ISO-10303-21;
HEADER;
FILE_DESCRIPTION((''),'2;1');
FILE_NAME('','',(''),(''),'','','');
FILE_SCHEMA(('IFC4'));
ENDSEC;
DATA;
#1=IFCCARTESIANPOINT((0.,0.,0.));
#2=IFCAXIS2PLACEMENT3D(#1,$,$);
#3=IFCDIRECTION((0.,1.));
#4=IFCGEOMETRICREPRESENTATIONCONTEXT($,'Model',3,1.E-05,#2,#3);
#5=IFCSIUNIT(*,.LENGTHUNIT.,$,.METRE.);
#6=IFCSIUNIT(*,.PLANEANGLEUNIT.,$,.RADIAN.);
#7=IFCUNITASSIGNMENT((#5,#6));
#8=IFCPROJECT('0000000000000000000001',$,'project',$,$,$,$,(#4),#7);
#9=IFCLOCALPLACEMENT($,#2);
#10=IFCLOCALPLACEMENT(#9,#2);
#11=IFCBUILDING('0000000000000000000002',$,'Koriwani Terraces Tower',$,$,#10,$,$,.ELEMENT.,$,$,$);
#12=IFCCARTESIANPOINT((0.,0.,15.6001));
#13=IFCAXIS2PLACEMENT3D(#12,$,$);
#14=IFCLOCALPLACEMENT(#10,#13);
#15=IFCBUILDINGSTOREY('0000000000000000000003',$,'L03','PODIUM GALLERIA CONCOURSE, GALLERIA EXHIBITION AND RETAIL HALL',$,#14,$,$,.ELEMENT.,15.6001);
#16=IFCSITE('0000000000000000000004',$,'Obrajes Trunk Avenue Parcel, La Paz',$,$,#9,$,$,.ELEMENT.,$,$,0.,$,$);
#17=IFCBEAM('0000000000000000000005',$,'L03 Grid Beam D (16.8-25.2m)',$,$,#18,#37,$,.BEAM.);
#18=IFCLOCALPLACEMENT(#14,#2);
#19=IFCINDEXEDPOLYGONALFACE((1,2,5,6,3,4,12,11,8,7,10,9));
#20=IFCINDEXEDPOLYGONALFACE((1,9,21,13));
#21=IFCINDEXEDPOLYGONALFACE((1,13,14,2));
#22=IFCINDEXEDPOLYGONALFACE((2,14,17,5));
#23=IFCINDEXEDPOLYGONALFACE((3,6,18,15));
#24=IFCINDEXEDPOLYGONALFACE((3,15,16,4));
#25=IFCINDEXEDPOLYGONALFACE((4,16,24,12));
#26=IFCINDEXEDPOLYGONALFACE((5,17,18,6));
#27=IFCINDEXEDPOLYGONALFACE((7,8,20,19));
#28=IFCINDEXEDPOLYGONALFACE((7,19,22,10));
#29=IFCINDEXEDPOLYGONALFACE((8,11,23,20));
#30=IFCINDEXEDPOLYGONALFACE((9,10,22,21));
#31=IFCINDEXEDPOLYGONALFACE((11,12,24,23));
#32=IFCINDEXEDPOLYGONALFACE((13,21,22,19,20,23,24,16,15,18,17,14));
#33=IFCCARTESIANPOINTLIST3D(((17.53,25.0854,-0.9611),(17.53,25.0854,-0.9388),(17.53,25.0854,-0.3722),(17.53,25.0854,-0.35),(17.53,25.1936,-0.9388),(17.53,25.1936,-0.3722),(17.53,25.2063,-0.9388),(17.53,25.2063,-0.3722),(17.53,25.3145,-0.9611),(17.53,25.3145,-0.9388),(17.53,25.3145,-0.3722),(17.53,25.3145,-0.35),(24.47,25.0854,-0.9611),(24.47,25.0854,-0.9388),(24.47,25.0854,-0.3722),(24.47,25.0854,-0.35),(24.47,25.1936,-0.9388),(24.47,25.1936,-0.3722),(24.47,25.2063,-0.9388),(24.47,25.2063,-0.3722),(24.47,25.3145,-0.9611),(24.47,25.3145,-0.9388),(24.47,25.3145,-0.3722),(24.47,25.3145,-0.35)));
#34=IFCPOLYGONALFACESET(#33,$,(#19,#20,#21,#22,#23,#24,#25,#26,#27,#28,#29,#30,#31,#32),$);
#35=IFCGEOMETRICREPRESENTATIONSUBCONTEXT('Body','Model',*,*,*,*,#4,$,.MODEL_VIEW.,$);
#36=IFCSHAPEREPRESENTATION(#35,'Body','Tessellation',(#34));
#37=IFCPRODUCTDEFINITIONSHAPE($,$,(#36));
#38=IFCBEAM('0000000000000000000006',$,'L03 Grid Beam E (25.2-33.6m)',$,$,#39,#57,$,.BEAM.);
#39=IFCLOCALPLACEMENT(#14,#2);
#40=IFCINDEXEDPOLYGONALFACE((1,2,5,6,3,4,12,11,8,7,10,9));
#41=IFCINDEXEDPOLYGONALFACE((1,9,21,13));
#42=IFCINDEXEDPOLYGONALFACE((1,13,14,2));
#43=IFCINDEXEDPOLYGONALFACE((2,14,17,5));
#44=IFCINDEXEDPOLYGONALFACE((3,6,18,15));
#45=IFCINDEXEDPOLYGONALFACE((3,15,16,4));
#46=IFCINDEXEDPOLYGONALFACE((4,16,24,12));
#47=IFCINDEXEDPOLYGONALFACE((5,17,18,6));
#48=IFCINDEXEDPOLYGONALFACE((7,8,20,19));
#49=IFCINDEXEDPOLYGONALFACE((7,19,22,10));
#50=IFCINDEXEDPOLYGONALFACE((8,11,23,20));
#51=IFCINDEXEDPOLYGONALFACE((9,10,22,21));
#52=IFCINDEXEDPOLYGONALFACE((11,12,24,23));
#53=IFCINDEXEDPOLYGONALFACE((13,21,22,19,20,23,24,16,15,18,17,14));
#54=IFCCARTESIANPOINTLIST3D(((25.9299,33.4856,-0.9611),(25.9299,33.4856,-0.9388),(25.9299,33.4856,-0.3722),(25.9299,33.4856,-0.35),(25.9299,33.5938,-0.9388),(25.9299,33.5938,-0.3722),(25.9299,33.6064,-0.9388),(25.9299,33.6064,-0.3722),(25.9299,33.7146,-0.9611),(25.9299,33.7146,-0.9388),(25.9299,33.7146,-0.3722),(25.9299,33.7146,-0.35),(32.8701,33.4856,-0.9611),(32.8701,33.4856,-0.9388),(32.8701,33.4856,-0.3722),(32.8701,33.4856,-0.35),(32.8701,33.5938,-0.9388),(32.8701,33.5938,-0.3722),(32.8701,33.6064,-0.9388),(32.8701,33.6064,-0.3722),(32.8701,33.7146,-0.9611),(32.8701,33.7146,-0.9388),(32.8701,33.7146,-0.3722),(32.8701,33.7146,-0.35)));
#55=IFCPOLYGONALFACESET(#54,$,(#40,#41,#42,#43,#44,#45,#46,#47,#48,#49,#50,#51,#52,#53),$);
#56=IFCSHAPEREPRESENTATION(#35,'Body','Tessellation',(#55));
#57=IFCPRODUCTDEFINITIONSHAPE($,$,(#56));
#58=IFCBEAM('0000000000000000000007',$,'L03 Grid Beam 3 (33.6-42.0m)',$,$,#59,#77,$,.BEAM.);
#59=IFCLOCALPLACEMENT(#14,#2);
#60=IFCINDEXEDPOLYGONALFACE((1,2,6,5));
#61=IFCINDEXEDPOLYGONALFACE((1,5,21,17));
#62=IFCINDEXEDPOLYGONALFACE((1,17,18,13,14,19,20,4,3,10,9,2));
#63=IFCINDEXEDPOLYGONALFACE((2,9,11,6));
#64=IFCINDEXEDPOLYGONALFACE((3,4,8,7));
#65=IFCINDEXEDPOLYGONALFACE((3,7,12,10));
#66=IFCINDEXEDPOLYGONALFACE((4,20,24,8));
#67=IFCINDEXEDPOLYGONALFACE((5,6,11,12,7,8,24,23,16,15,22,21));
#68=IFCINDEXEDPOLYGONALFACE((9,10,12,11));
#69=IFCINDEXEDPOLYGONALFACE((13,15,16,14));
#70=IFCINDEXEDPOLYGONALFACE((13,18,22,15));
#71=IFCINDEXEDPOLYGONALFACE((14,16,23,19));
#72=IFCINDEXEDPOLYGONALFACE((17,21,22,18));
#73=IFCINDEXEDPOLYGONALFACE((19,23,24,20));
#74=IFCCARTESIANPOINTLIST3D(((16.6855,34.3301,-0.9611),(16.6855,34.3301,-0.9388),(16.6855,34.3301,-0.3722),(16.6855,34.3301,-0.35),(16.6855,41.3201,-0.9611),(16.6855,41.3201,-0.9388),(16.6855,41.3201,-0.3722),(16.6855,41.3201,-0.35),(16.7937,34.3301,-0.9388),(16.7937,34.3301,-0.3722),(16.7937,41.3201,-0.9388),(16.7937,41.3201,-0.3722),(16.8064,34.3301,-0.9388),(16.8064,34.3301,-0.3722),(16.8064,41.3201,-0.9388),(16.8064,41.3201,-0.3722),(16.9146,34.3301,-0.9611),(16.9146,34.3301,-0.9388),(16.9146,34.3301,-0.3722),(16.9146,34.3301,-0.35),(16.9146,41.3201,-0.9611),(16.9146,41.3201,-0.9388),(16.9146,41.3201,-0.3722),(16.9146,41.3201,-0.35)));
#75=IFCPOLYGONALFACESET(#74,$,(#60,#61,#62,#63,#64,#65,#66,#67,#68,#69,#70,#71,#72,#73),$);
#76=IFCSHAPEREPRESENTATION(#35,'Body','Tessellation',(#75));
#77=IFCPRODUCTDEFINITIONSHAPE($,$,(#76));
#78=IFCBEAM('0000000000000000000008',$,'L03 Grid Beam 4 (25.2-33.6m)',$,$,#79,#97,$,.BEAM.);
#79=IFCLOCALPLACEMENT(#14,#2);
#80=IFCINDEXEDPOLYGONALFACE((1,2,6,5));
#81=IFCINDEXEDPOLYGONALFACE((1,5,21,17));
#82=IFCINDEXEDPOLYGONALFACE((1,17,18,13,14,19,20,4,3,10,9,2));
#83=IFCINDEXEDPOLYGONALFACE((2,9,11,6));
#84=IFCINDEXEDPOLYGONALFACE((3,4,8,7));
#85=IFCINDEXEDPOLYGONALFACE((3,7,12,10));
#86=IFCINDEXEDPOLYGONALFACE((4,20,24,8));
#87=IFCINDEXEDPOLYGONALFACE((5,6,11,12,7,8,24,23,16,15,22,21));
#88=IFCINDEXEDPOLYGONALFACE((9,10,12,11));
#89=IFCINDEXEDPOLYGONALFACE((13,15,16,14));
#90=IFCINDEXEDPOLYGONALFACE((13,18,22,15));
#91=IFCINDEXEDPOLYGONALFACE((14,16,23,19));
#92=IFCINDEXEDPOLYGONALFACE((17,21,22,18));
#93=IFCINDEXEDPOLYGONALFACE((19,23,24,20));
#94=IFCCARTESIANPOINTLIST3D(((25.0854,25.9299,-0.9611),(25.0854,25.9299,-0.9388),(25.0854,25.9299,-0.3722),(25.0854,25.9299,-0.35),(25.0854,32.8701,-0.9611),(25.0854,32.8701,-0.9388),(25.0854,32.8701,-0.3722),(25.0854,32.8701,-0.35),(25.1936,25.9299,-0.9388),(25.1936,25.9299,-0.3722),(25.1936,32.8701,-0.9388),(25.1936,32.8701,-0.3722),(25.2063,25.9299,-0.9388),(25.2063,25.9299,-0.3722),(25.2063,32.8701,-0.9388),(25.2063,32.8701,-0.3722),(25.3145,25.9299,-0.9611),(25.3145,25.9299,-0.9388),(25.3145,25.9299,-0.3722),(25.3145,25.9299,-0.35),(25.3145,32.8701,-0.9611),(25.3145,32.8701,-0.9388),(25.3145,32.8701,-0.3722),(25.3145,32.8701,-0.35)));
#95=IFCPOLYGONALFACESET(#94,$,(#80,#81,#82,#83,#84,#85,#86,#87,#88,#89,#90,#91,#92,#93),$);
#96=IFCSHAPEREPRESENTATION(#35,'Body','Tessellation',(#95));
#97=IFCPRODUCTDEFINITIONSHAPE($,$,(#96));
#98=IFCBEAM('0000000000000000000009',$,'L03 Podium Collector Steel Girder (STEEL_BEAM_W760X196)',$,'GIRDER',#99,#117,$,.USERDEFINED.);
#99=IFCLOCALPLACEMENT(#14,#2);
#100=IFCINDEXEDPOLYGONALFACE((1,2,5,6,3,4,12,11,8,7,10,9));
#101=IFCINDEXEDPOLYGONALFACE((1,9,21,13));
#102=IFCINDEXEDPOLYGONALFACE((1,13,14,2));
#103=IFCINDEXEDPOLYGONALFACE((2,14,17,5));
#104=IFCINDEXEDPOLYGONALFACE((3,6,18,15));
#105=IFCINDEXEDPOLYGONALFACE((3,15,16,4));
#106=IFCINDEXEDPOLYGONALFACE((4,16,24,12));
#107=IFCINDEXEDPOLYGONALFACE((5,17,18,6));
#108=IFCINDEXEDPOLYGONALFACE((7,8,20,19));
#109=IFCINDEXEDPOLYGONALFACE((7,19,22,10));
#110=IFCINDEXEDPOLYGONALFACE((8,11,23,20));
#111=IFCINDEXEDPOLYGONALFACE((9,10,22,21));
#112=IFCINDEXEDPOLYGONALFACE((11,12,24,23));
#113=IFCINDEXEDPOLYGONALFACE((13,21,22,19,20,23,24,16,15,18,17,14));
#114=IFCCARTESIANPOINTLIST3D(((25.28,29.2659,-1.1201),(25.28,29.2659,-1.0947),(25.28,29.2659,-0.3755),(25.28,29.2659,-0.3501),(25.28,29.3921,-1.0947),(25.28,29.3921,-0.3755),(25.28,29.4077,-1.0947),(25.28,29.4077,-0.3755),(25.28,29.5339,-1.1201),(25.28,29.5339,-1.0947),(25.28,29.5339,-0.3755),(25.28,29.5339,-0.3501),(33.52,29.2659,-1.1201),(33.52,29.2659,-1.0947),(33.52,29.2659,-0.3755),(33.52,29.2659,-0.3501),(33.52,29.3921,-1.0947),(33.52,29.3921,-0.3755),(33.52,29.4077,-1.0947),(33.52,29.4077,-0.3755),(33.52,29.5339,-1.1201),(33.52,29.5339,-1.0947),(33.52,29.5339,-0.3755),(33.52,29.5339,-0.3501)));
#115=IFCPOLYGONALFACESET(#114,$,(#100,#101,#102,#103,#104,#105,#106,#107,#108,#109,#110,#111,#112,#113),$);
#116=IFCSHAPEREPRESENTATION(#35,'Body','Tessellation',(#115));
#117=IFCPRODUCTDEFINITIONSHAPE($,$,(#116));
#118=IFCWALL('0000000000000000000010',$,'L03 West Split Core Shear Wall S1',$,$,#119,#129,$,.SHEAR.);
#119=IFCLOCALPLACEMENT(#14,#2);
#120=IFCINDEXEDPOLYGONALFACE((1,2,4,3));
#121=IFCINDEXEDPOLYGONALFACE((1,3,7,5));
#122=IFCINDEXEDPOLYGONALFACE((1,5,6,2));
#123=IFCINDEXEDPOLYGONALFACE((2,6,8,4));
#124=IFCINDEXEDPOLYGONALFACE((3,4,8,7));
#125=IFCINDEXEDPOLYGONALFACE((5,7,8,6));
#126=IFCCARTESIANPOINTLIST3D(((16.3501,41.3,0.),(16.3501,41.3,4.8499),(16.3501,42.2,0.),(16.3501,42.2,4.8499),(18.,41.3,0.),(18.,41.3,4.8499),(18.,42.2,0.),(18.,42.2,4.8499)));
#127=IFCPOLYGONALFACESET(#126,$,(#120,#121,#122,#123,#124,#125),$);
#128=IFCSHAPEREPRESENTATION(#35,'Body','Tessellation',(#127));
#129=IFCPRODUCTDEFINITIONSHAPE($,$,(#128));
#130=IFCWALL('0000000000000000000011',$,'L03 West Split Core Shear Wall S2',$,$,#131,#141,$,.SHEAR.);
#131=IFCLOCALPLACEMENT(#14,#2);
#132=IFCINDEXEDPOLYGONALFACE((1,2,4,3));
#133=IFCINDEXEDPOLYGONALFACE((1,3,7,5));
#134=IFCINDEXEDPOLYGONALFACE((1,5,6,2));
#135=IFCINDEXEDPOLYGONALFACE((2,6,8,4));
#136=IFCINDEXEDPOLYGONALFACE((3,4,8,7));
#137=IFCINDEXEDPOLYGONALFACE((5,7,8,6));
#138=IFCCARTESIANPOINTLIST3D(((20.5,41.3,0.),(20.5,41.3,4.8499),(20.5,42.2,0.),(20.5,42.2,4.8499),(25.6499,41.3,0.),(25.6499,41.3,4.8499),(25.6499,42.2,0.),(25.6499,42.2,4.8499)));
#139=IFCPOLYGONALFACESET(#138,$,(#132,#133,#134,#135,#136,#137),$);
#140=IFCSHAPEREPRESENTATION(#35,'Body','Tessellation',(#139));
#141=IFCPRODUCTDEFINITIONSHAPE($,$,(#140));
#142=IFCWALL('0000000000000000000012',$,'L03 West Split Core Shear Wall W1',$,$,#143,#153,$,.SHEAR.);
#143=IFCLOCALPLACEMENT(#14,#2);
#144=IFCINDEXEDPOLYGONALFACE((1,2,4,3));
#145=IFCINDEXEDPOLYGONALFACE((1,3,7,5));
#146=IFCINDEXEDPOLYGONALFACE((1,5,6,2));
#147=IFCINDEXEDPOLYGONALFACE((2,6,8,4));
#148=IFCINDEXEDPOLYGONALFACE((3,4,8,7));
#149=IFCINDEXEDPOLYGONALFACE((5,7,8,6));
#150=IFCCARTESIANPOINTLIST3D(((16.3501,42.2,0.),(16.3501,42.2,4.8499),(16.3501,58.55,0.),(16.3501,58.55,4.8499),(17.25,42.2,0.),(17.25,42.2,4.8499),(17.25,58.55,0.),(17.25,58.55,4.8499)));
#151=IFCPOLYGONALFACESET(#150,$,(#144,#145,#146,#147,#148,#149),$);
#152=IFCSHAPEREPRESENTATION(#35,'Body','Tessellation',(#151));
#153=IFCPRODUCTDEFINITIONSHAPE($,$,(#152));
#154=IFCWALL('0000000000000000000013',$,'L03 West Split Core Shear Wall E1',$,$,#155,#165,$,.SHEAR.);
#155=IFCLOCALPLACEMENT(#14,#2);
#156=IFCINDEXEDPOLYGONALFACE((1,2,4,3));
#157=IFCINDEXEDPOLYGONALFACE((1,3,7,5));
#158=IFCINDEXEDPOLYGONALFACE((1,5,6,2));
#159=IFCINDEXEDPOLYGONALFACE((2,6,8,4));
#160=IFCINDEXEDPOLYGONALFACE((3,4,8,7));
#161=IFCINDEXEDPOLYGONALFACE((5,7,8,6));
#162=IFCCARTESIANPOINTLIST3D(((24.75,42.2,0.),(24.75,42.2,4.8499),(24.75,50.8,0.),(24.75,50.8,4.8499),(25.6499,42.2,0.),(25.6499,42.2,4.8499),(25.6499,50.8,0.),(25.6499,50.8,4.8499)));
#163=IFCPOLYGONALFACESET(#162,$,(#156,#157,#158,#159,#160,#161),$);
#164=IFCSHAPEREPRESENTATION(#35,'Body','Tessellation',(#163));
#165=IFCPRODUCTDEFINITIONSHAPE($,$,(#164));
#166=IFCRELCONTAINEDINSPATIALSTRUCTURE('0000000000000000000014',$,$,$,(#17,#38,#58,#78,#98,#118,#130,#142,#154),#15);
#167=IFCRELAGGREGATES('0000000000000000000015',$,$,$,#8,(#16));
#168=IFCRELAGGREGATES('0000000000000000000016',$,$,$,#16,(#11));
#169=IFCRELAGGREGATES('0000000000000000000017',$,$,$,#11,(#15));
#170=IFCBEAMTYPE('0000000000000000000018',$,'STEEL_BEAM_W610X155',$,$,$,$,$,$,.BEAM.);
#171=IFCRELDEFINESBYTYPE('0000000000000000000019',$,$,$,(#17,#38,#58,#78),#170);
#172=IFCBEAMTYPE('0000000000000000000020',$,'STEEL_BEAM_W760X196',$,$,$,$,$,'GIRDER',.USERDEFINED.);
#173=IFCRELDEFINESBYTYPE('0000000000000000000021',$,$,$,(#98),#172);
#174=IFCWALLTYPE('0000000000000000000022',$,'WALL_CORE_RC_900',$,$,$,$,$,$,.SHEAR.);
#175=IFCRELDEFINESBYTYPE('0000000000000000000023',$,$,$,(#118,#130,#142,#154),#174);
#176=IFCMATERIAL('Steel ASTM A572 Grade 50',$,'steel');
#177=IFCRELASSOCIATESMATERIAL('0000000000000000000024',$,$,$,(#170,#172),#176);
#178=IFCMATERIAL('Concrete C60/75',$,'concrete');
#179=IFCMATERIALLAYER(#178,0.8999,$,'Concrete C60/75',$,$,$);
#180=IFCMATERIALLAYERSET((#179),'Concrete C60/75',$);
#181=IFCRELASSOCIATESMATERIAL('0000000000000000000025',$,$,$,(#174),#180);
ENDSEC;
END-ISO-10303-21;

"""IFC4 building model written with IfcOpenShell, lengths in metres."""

from ifc_helpers import new_model, si_unit, direction, frame, frame_2d, origin, origin_2d, place, context, subcontext, project, spatial, rectangle, i_section, extrude, material, layer, layer_set, material_profile, profile_set, type_object, element, save


model = new_model("IFC4")

# Units and contexts
model_context = context("Model", 3, precision=1e-05, world=origin(), true_north=direction((0.0, 1.0)))
body_context = subcontext(model_context, "Body", "Model", "MODEL_VIEW")
ifc_project = project(units=[si_unit("LENGTHUNIT", "METRE"), si_unit("PLANEANGLEUNIT", "RADIAN")], contexts=[model_context])

# Site, building, storey
site_placement = place(None, origin())
site = spatial("IfcSite", under=ifc_project, at=site_placement, Name="Obrajes Trunk Avenue Parcel, La Paz", CompositionType="ELEMENT", RefElevation=0.0)
building_placement = place(site_placement, origin())
building = spatial("IfcBuilding", under=site, at=building_placement, Name="Koriwani Terraces Tower", CompositionType="ELEMENT")
storey_placement = place(building_placement, frame((0.0, 0.0, 15.6001)))
storey = spatial("IfcBuildingStorey", under=building, at=storey_placement, Name="L03", Description="PODIUM GALLERIA CONCOURSE, GALLERIA EXHIBITION AND RETAIL HALL", CompositionType="ELEMENT", Elevation=15.6001)

# Shared definitions
ifc_material_1 = material(Name="Concrete C60/75", Category="concrete")

# Beams
ifc_material_2 = material(Name="Steel ASTM A572 Grade 50", Category="steel")
ifc_material_profile_1 = material_profile(ifc_material_2, i_section(OverallWidth=0.229, OverallDepth=0.6111, WebThickness=0.0127, FlangeThickness=0.0222, at=origin_2d()), Name="Steel ASTM A572 Grade 50", Category="LoadBearing")
ifc_profile_set_1 = profile_set([ifc_material_profile_1], Name="Steel ASTM A572 Grade 50")
beam_type_1 = type_object("IfcBeamType", Name="STEEL_BEAM_W610X155", PredefinedType="BEAM", material=ifc_profile_set_1)
beam_1_placement = place(storey_placement, frame((17.53, 25.2, -0.6555), z_axis=(1.0, 0.0, 0.0), x_axis=(0.0, 1.0, 0.0)))
element("IfcBeam", 1, at=beam_1_placement, inside=storey, type_object=beam_type_1, Name="L03 Grid Beam D (16.8-25.2m)", PredefinedType="BEAM", context=body_context, shape_type="SweptSolid", body=[
    extrude(i_section(OverallWidth=0.229, OverallDepth=0.6111, WebThickness=0.0127, FlangeThickness=0.0222, at=origin_2d()), origin(), (0.0, 0.0, 1.0), 6.9399),
])
beam_2_placement = place(storey_placement, frame((25.9299, 33.6001, -0.6555), z_axis=(1.0, 0.0, 0.0), x_axis=(0.0, 1.0, 0.0)))
element("IfcBeam", 2, at=beam_2_placement, inside=storey, type_object=beam_type_1, Name="L03 Grid Beam E (25.2-33.6m)", PredefinedType="BEAM", context=body_context, shape_type="SweptSolid", body=[
    extrude(i_section(OverallWidth=0.229, OverallDepth=0.6111, WebThickness=0.0127, FlangeThickness=0.0222, at=origin_2d()), origin(), (0.0, 0.0, 1.0), 6.9402),
])
beam_3_placement = place(storey_placement, frame((16.8, 34.3301, -0.6555), z_axis=(0.0, 1.0, 0.0), x_axis=(-1.0, 0.0, 0.0)))
element("IfcBeam", 3, at=beam_3_placement, inside=storey, type_object=beam_type_1, Name="L03 Grid Beam 3 (33.6-42.0m)", PredefinedType="BEAM", context=body_context, shape_type="SweptSolid", body=[
    extrude(i_section(OverallWidth=0.229, OverallDepth=0.6111, WebThickness=0.0127, FlangeThickness=0.0222, at=origin_2d()), origin(), (0.0, 0.0, 1.0), 6.99),
])
beam_4_placement = place(storey_placement, frame((25.2, 25.9299, -0.6555), z_axis=(0.0, 1.0, 0.0), x_axis=(-1.0, 0.0, 0.0)))
element("IfcBeam", 4, at=beam_4_placement, inside=storey, type_object=beam_type_1, Name="L03 Grid Beam 4 (25.2-33.6m)", PredefinedType="BEAM", context=body_context, shape_type="SweptSolid", body=[
    extrude(i_section(OverallWidth=0.229, OverallDepth=0.6111, WebThickness=0.0127, FlangeThickness=0.0222, at=origin_2d()), origin(), (0.0, 0.0, 1.0), 6.9402),
])
ifc_material_profile_2 = material_profile(ifc_material_2, i_section(OverallWidth=0.2681, OverallDepth=0.77, WebThickness=0.0156, FlangeThickness=0.0254, at=origin_2d()), Name="Steel ASTM A572 Grade 50", Category="LoadBearing")
ifc_profile_set_2 = profile_set([ifc_material_profile_2], Name="Steel ASTM A572 Grade 50")
beam_type_2 = type_object("IfcBeamType", Name="STEEL_BEAM_W760X196", ElementType="GIRDER", PredefinedType="USERDEFINED", material=ifc_profile_set_2)
beam_5_placement = place(storey_placement, frame((25.28, 29.3999, -0.7351), z_axis=(1.0, 0.0, 0.0), x_axis=(0.0, 1.0, 0.0)))
element("IfcBeam", 5, at=beam_5_placement, inside=storey, type_object=beam_type_2, Name="L03 Podium Collector Steel Girder (STEEL_BEAM_W760X196)", ObjectType="GIRDER", PredefinedType="USERDEFINED", context=body_context, shape_type="SweptSolid", body=[
    extrude(i_section(OverallWidth=0.2681, OverallDepth=0.77, WebThickness=0.0156, FlangeThickness=0.0254, at=origin_2d()), origin(), (0.0, 0.0, 1.0), 8.24),
])

# Walls
ifc_layer_1 = layer(ifc_material_1, 0.8999, Name="Concrete C60/75")
ifc_layer_set_1 = layer_set([ifc_layer_1], Name="Concrete C60/75")
wall_type_1 = type_object("IfcWallType", Name="WALL_CORE_RC_900", PredefinedType="SHEAR", material=ifc_layer_set_1)
wall_1_placement = place(storey_placement, frame((16.3501, 41.75, 0.0), z_axis=(0.0, 0.0, 1.0), x_axis=(1.0, 0.0, 0.0)))
element("IfcWall", 6, at=wall_1_placement, inside=storey, type_object=wall_type_1, Name="L03 West Split Core Shear Wall S1", PredefinedType="SHEAR", context=body_context, shape_type="SweptSolid", body=[
    extrude(rectangle(XDim=1.6499, YDim=0.8999, at=frame_2d((0.825, 0.0))), origin(), (0.0, 0.0, 1.0), 4.8499),
])
wall_2_placement = place(storey_placement, frame((20.5, 41.75, 0.0), z_axis=(0.0, 0.0, 1.0), x_axis=(1.0, 0.0, 0.0)))
element("IfcWall", 7, at=wall_2_placement, inside=storey, type_object=wall_type_1, Name="L03 West Split Core Shear Wall S2", PredefinedType="SHEAR", context=body_context, shape_type="SweptSolid", body=[
    extrude(rectangle(XDim=5.1499, YDim=0.8999, at=frame_2d((2.575, 0.0))), origin(), (0.0, 0.0, 1.0), 4.8499),
])
wall_3_placement = place(storey_placement, frame((16.8, 42.2, 0.0), z_axis=(0.0, 0.0, 1.0), x_axis=(0.0, 1.0, 0.0)))
element("IfcWall", 8, at=wall_3_placement, inside=storey, type_object=wall_type_1, Name="L03 West Split Core Shear Wall W1", PredefinedType="SHEAR", context=body_context, shape_type="SweptSolid", body=[
    extrude(rectangle(XDim=16.3501, YDim=0.8999, at=frame_2d((8.175, 0.0))), origin(), (0.0, 0.0, 1.0), 4.8499),
])
wall_4_placement = place(storey_placement, frame((25.2, 42.2, 0.0), z_axis=(0.0, 0.0, 1.0), x_axis=(0.0, 1.0, 0.0)))
element("IfcWall", 9, at=wall_4_placement, inside=storey, type_object=wall_type_1, Name="L03 West Split Core Shear Wall E1", PredefinedType="SHEAR", context=body_context, shape_type="SweptSolid", body=[
    extrude(rectangle(XDim=8.6001, YDim=0.8999, at=frame_2d((4.3, 0.0))), origin(), (0.0, 0.0, 1.0), 4.8499),
])

save(model, "model.ifc")
